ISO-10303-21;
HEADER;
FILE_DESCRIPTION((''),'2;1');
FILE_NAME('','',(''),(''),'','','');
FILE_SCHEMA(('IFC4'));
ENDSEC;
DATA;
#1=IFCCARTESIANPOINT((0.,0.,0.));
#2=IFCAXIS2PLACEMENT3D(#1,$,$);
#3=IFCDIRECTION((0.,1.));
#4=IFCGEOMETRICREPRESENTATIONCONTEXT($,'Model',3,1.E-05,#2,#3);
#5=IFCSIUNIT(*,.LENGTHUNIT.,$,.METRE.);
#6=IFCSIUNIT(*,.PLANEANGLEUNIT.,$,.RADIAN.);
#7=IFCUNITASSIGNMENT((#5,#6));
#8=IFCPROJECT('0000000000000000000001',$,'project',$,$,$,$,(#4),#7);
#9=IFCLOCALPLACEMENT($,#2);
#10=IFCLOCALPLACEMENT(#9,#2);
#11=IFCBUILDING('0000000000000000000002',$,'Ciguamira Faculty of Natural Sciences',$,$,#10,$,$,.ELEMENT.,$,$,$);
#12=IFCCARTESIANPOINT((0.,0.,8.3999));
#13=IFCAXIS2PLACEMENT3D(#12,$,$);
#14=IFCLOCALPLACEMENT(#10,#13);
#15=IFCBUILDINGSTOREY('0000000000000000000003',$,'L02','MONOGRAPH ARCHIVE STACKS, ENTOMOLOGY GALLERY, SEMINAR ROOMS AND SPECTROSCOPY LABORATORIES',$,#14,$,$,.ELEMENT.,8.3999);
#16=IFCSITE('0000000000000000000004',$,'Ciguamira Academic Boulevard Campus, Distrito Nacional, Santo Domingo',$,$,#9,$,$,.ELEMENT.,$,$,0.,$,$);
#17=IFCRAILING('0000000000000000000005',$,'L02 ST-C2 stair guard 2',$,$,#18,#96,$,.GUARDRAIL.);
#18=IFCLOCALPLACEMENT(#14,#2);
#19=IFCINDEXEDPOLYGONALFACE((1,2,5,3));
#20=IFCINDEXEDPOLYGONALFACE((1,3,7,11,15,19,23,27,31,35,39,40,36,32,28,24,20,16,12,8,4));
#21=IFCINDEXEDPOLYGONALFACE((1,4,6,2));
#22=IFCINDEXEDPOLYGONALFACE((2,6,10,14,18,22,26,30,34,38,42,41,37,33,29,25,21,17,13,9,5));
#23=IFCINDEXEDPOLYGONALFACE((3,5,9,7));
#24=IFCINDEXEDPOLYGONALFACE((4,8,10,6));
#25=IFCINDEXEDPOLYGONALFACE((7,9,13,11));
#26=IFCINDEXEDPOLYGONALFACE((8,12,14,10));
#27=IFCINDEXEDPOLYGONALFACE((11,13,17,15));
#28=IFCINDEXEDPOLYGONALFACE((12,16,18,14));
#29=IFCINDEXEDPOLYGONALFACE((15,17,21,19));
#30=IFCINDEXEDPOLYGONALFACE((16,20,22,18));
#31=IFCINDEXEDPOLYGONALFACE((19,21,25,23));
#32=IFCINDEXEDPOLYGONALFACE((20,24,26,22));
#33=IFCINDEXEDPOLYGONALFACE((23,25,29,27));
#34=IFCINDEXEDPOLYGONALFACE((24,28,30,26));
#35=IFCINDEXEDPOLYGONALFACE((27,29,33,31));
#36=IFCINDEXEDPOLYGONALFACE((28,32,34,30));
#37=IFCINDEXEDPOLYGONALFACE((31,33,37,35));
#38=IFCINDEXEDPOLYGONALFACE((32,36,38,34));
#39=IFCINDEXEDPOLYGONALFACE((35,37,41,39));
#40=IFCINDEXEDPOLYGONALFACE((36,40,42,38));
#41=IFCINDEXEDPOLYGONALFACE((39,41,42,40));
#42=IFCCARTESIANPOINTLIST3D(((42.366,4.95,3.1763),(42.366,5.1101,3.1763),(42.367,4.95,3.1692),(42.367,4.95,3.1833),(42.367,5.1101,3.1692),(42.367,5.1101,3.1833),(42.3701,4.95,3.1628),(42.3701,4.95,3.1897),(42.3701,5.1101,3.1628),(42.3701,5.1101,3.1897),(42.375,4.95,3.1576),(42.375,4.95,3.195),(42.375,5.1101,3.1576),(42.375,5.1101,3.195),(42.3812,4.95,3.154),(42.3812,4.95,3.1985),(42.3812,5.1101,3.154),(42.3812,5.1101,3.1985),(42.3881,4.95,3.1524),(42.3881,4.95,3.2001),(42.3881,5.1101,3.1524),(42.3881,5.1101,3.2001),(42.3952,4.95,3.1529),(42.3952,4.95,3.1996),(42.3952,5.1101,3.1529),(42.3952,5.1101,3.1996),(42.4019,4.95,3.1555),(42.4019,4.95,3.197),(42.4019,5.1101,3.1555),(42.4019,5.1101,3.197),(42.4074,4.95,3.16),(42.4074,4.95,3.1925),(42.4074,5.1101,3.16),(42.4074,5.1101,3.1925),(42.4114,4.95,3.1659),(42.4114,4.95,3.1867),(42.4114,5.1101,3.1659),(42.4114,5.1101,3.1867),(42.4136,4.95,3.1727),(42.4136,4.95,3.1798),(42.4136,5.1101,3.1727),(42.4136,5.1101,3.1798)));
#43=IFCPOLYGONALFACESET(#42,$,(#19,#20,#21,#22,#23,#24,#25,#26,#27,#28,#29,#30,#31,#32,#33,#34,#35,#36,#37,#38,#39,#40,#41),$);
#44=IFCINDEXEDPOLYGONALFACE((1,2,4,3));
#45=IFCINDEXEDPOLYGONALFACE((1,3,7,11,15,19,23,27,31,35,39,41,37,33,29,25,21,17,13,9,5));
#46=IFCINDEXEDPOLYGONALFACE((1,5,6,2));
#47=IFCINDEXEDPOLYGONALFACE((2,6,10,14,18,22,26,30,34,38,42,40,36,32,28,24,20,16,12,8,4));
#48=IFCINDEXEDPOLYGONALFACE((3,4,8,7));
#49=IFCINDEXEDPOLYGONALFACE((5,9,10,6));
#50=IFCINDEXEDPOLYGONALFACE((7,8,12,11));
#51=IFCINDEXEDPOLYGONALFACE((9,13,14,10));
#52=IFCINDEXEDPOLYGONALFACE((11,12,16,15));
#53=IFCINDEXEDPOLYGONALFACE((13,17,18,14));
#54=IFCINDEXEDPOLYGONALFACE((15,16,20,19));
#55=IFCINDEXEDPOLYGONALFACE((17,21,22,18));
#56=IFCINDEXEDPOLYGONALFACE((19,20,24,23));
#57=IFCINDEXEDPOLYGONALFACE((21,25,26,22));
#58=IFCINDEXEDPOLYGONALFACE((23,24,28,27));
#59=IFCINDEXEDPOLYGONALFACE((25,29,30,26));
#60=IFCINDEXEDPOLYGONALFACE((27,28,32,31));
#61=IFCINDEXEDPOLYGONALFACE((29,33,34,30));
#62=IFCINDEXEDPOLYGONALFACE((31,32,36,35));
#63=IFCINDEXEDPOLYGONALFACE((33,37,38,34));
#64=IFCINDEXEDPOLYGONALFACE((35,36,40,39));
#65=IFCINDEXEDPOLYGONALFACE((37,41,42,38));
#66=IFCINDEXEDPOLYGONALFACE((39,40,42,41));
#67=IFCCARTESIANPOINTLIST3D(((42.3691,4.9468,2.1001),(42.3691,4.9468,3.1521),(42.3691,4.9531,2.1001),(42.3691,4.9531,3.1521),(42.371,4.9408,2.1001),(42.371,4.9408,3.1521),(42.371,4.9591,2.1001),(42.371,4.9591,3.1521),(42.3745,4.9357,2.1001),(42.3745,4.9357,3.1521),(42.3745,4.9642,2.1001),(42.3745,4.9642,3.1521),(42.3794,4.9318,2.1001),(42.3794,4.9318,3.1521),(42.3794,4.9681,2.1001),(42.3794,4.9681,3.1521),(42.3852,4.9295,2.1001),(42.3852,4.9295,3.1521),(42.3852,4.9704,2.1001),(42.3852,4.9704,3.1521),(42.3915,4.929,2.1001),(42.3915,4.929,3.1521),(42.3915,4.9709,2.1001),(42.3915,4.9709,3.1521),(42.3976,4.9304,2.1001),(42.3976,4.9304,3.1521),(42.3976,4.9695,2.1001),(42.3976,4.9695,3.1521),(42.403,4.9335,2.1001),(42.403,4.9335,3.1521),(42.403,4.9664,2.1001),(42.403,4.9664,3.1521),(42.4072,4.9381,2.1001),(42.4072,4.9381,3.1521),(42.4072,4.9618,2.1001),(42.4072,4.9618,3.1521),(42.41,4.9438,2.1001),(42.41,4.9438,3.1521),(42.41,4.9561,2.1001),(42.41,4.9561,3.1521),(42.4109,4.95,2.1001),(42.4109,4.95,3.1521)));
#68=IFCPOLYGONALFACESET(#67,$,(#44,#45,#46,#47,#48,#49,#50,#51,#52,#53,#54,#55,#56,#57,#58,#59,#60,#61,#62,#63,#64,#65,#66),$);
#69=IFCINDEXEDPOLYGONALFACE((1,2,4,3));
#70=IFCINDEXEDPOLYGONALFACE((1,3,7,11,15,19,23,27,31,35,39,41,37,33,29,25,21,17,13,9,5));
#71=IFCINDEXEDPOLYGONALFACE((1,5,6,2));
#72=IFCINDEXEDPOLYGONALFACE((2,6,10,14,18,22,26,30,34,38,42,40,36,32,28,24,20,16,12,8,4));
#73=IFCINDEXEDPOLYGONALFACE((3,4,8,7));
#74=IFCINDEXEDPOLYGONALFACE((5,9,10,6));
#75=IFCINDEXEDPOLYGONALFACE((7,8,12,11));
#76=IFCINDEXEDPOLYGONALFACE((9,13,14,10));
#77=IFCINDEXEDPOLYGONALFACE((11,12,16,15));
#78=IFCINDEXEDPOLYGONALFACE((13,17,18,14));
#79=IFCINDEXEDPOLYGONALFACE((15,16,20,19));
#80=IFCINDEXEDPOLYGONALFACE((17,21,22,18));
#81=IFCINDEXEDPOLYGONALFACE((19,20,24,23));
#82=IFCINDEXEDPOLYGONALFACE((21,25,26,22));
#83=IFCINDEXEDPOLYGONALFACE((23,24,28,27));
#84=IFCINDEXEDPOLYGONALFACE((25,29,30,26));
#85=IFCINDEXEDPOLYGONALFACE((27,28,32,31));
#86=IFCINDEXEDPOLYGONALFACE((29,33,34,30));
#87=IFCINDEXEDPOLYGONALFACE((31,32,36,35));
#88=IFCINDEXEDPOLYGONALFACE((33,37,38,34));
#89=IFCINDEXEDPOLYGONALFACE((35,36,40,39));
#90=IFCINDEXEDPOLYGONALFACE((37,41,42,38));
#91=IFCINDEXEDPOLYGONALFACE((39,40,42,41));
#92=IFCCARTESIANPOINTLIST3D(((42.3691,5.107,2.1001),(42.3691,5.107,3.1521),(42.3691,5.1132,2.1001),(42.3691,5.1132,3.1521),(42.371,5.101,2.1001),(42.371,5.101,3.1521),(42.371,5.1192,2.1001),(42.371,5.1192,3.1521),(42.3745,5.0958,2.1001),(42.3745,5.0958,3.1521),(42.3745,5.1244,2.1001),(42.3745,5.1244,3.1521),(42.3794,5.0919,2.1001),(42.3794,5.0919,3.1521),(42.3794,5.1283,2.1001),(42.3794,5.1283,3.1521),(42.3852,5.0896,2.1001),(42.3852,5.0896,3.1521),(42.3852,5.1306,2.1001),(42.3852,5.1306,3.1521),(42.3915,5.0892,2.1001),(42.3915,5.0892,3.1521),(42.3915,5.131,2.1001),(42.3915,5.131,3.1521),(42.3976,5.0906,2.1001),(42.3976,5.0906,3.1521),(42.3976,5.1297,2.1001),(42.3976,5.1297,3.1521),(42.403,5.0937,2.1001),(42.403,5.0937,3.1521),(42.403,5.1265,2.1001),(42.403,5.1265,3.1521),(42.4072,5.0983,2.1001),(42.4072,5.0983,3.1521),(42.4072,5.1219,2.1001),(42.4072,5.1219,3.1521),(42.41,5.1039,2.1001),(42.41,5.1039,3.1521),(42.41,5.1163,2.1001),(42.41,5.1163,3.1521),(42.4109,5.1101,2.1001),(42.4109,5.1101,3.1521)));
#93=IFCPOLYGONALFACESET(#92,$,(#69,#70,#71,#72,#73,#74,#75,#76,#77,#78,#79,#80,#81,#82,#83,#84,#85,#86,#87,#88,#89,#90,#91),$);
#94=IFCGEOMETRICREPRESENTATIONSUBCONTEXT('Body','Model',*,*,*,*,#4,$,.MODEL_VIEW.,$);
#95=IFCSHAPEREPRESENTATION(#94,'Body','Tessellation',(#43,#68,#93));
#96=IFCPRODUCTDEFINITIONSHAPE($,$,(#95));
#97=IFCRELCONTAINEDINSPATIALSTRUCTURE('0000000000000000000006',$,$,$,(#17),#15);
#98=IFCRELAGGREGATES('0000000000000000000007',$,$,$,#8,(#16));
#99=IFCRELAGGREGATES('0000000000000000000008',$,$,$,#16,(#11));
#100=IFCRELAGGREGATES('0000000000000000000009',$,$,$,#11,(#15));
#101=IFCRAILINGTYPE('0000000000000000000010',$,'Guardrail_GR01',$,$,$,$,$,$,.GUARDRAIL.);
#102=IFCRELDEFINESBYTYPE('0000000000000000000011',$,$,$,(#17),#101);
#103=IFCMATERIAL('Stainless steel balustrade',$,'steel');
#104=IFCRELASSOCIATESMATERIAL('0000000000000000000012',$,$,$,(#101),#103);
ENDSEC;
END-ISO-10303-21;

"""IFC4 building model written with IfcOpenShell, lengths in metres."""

from ifc_helpers import new_model, si_unit, direction, frame, origin, origin_2d, place, context, subcontext, project, spatial, circle, extrude, material, type_object, element, save


model = new_model("IFC4")

# Units and contexts
model_context = context("Model", 3, precision=1e-05, world=origin(), true_north=direction((0.0, 1.0)))
body_context = subcontext(model_context, "Body", "Model", "MODEL_VIEW")
ifc_project = project(units=[si_unit("LENGTHUNIT", "METRE"), si_unit("PLANEANGLEUNIT", "RADIAN")], contexts=[model_context])

# Site, building, storey
site_placement = place(None, origin())
site = spatial("IfcSite", under=ifc_project, at=site_placement, Name="Ciguamira Academic Boulevard Campus, Distrito Nacional, Santo Domingo", CompositionType="ELEMENT", RefElevation=0.0)
building_placement = place(site_placement, origin())
building = spatial("IfcBuilding", under=site, at=building_placement, Name="Ciguamira Faculty of Natural Sciences", CompositionType="ELEMENT")
storey_placement = place(building_placement, frame((0.0, 0.0, 8.3999)))
storey = spatial("IfcBuildingStorey", under=building, at=storey_placement, Name="L02", Description="MONOGRAPH ARCHIVE STACKS, ENTOMOLOGY GALLERY, SEMINAR ROOMS AND SPECTROSCOPY LABORATORIES", CompositionType="ELEMENT", Elevation=8.3999)

# Railing
ifc_material_1 = material(Name="Stainless steel balustrade", Category="steel")
railing_type_1 = type_object("IfcRailingType", Name="Guardrail_GR01", PredefinedType="GUARDRAIL", material=ifc_material_1)
railing_1_placement = place(storey_placement, frame((42.3899, 4.95, 2.1001)))
element("IfcRailing", 1, at=railing_1_placement, inside=storey, type_object=railing_type_1, Name="L02 ST-C2 stair guard 2", PredefinedType="GUARDRAIL", context=body_context, shape_type="SweptSolid", body=[
    extrude(circle(Radius=0.0239, at=origin_2d()), frame((0.0, 0.0, 1.0762), z_axis=(0.0, 1.0, 0.0), x_axis=(-1.0, 0.0, 0.0)), (0.0, 0.0, 1.0), 0.1602),
    extrude(circle(Radius=0.021, at=origin_2d()), origin(), (0.0, 0.0, 1.0), 1.052),
    extrude(circle(Radius=0.021, at=origin_2d()), frame((0.0, 0.1602, 0.0)), (0.0, 0.0, 1.0), 1.052),
])

save(model, "model.ifc")
